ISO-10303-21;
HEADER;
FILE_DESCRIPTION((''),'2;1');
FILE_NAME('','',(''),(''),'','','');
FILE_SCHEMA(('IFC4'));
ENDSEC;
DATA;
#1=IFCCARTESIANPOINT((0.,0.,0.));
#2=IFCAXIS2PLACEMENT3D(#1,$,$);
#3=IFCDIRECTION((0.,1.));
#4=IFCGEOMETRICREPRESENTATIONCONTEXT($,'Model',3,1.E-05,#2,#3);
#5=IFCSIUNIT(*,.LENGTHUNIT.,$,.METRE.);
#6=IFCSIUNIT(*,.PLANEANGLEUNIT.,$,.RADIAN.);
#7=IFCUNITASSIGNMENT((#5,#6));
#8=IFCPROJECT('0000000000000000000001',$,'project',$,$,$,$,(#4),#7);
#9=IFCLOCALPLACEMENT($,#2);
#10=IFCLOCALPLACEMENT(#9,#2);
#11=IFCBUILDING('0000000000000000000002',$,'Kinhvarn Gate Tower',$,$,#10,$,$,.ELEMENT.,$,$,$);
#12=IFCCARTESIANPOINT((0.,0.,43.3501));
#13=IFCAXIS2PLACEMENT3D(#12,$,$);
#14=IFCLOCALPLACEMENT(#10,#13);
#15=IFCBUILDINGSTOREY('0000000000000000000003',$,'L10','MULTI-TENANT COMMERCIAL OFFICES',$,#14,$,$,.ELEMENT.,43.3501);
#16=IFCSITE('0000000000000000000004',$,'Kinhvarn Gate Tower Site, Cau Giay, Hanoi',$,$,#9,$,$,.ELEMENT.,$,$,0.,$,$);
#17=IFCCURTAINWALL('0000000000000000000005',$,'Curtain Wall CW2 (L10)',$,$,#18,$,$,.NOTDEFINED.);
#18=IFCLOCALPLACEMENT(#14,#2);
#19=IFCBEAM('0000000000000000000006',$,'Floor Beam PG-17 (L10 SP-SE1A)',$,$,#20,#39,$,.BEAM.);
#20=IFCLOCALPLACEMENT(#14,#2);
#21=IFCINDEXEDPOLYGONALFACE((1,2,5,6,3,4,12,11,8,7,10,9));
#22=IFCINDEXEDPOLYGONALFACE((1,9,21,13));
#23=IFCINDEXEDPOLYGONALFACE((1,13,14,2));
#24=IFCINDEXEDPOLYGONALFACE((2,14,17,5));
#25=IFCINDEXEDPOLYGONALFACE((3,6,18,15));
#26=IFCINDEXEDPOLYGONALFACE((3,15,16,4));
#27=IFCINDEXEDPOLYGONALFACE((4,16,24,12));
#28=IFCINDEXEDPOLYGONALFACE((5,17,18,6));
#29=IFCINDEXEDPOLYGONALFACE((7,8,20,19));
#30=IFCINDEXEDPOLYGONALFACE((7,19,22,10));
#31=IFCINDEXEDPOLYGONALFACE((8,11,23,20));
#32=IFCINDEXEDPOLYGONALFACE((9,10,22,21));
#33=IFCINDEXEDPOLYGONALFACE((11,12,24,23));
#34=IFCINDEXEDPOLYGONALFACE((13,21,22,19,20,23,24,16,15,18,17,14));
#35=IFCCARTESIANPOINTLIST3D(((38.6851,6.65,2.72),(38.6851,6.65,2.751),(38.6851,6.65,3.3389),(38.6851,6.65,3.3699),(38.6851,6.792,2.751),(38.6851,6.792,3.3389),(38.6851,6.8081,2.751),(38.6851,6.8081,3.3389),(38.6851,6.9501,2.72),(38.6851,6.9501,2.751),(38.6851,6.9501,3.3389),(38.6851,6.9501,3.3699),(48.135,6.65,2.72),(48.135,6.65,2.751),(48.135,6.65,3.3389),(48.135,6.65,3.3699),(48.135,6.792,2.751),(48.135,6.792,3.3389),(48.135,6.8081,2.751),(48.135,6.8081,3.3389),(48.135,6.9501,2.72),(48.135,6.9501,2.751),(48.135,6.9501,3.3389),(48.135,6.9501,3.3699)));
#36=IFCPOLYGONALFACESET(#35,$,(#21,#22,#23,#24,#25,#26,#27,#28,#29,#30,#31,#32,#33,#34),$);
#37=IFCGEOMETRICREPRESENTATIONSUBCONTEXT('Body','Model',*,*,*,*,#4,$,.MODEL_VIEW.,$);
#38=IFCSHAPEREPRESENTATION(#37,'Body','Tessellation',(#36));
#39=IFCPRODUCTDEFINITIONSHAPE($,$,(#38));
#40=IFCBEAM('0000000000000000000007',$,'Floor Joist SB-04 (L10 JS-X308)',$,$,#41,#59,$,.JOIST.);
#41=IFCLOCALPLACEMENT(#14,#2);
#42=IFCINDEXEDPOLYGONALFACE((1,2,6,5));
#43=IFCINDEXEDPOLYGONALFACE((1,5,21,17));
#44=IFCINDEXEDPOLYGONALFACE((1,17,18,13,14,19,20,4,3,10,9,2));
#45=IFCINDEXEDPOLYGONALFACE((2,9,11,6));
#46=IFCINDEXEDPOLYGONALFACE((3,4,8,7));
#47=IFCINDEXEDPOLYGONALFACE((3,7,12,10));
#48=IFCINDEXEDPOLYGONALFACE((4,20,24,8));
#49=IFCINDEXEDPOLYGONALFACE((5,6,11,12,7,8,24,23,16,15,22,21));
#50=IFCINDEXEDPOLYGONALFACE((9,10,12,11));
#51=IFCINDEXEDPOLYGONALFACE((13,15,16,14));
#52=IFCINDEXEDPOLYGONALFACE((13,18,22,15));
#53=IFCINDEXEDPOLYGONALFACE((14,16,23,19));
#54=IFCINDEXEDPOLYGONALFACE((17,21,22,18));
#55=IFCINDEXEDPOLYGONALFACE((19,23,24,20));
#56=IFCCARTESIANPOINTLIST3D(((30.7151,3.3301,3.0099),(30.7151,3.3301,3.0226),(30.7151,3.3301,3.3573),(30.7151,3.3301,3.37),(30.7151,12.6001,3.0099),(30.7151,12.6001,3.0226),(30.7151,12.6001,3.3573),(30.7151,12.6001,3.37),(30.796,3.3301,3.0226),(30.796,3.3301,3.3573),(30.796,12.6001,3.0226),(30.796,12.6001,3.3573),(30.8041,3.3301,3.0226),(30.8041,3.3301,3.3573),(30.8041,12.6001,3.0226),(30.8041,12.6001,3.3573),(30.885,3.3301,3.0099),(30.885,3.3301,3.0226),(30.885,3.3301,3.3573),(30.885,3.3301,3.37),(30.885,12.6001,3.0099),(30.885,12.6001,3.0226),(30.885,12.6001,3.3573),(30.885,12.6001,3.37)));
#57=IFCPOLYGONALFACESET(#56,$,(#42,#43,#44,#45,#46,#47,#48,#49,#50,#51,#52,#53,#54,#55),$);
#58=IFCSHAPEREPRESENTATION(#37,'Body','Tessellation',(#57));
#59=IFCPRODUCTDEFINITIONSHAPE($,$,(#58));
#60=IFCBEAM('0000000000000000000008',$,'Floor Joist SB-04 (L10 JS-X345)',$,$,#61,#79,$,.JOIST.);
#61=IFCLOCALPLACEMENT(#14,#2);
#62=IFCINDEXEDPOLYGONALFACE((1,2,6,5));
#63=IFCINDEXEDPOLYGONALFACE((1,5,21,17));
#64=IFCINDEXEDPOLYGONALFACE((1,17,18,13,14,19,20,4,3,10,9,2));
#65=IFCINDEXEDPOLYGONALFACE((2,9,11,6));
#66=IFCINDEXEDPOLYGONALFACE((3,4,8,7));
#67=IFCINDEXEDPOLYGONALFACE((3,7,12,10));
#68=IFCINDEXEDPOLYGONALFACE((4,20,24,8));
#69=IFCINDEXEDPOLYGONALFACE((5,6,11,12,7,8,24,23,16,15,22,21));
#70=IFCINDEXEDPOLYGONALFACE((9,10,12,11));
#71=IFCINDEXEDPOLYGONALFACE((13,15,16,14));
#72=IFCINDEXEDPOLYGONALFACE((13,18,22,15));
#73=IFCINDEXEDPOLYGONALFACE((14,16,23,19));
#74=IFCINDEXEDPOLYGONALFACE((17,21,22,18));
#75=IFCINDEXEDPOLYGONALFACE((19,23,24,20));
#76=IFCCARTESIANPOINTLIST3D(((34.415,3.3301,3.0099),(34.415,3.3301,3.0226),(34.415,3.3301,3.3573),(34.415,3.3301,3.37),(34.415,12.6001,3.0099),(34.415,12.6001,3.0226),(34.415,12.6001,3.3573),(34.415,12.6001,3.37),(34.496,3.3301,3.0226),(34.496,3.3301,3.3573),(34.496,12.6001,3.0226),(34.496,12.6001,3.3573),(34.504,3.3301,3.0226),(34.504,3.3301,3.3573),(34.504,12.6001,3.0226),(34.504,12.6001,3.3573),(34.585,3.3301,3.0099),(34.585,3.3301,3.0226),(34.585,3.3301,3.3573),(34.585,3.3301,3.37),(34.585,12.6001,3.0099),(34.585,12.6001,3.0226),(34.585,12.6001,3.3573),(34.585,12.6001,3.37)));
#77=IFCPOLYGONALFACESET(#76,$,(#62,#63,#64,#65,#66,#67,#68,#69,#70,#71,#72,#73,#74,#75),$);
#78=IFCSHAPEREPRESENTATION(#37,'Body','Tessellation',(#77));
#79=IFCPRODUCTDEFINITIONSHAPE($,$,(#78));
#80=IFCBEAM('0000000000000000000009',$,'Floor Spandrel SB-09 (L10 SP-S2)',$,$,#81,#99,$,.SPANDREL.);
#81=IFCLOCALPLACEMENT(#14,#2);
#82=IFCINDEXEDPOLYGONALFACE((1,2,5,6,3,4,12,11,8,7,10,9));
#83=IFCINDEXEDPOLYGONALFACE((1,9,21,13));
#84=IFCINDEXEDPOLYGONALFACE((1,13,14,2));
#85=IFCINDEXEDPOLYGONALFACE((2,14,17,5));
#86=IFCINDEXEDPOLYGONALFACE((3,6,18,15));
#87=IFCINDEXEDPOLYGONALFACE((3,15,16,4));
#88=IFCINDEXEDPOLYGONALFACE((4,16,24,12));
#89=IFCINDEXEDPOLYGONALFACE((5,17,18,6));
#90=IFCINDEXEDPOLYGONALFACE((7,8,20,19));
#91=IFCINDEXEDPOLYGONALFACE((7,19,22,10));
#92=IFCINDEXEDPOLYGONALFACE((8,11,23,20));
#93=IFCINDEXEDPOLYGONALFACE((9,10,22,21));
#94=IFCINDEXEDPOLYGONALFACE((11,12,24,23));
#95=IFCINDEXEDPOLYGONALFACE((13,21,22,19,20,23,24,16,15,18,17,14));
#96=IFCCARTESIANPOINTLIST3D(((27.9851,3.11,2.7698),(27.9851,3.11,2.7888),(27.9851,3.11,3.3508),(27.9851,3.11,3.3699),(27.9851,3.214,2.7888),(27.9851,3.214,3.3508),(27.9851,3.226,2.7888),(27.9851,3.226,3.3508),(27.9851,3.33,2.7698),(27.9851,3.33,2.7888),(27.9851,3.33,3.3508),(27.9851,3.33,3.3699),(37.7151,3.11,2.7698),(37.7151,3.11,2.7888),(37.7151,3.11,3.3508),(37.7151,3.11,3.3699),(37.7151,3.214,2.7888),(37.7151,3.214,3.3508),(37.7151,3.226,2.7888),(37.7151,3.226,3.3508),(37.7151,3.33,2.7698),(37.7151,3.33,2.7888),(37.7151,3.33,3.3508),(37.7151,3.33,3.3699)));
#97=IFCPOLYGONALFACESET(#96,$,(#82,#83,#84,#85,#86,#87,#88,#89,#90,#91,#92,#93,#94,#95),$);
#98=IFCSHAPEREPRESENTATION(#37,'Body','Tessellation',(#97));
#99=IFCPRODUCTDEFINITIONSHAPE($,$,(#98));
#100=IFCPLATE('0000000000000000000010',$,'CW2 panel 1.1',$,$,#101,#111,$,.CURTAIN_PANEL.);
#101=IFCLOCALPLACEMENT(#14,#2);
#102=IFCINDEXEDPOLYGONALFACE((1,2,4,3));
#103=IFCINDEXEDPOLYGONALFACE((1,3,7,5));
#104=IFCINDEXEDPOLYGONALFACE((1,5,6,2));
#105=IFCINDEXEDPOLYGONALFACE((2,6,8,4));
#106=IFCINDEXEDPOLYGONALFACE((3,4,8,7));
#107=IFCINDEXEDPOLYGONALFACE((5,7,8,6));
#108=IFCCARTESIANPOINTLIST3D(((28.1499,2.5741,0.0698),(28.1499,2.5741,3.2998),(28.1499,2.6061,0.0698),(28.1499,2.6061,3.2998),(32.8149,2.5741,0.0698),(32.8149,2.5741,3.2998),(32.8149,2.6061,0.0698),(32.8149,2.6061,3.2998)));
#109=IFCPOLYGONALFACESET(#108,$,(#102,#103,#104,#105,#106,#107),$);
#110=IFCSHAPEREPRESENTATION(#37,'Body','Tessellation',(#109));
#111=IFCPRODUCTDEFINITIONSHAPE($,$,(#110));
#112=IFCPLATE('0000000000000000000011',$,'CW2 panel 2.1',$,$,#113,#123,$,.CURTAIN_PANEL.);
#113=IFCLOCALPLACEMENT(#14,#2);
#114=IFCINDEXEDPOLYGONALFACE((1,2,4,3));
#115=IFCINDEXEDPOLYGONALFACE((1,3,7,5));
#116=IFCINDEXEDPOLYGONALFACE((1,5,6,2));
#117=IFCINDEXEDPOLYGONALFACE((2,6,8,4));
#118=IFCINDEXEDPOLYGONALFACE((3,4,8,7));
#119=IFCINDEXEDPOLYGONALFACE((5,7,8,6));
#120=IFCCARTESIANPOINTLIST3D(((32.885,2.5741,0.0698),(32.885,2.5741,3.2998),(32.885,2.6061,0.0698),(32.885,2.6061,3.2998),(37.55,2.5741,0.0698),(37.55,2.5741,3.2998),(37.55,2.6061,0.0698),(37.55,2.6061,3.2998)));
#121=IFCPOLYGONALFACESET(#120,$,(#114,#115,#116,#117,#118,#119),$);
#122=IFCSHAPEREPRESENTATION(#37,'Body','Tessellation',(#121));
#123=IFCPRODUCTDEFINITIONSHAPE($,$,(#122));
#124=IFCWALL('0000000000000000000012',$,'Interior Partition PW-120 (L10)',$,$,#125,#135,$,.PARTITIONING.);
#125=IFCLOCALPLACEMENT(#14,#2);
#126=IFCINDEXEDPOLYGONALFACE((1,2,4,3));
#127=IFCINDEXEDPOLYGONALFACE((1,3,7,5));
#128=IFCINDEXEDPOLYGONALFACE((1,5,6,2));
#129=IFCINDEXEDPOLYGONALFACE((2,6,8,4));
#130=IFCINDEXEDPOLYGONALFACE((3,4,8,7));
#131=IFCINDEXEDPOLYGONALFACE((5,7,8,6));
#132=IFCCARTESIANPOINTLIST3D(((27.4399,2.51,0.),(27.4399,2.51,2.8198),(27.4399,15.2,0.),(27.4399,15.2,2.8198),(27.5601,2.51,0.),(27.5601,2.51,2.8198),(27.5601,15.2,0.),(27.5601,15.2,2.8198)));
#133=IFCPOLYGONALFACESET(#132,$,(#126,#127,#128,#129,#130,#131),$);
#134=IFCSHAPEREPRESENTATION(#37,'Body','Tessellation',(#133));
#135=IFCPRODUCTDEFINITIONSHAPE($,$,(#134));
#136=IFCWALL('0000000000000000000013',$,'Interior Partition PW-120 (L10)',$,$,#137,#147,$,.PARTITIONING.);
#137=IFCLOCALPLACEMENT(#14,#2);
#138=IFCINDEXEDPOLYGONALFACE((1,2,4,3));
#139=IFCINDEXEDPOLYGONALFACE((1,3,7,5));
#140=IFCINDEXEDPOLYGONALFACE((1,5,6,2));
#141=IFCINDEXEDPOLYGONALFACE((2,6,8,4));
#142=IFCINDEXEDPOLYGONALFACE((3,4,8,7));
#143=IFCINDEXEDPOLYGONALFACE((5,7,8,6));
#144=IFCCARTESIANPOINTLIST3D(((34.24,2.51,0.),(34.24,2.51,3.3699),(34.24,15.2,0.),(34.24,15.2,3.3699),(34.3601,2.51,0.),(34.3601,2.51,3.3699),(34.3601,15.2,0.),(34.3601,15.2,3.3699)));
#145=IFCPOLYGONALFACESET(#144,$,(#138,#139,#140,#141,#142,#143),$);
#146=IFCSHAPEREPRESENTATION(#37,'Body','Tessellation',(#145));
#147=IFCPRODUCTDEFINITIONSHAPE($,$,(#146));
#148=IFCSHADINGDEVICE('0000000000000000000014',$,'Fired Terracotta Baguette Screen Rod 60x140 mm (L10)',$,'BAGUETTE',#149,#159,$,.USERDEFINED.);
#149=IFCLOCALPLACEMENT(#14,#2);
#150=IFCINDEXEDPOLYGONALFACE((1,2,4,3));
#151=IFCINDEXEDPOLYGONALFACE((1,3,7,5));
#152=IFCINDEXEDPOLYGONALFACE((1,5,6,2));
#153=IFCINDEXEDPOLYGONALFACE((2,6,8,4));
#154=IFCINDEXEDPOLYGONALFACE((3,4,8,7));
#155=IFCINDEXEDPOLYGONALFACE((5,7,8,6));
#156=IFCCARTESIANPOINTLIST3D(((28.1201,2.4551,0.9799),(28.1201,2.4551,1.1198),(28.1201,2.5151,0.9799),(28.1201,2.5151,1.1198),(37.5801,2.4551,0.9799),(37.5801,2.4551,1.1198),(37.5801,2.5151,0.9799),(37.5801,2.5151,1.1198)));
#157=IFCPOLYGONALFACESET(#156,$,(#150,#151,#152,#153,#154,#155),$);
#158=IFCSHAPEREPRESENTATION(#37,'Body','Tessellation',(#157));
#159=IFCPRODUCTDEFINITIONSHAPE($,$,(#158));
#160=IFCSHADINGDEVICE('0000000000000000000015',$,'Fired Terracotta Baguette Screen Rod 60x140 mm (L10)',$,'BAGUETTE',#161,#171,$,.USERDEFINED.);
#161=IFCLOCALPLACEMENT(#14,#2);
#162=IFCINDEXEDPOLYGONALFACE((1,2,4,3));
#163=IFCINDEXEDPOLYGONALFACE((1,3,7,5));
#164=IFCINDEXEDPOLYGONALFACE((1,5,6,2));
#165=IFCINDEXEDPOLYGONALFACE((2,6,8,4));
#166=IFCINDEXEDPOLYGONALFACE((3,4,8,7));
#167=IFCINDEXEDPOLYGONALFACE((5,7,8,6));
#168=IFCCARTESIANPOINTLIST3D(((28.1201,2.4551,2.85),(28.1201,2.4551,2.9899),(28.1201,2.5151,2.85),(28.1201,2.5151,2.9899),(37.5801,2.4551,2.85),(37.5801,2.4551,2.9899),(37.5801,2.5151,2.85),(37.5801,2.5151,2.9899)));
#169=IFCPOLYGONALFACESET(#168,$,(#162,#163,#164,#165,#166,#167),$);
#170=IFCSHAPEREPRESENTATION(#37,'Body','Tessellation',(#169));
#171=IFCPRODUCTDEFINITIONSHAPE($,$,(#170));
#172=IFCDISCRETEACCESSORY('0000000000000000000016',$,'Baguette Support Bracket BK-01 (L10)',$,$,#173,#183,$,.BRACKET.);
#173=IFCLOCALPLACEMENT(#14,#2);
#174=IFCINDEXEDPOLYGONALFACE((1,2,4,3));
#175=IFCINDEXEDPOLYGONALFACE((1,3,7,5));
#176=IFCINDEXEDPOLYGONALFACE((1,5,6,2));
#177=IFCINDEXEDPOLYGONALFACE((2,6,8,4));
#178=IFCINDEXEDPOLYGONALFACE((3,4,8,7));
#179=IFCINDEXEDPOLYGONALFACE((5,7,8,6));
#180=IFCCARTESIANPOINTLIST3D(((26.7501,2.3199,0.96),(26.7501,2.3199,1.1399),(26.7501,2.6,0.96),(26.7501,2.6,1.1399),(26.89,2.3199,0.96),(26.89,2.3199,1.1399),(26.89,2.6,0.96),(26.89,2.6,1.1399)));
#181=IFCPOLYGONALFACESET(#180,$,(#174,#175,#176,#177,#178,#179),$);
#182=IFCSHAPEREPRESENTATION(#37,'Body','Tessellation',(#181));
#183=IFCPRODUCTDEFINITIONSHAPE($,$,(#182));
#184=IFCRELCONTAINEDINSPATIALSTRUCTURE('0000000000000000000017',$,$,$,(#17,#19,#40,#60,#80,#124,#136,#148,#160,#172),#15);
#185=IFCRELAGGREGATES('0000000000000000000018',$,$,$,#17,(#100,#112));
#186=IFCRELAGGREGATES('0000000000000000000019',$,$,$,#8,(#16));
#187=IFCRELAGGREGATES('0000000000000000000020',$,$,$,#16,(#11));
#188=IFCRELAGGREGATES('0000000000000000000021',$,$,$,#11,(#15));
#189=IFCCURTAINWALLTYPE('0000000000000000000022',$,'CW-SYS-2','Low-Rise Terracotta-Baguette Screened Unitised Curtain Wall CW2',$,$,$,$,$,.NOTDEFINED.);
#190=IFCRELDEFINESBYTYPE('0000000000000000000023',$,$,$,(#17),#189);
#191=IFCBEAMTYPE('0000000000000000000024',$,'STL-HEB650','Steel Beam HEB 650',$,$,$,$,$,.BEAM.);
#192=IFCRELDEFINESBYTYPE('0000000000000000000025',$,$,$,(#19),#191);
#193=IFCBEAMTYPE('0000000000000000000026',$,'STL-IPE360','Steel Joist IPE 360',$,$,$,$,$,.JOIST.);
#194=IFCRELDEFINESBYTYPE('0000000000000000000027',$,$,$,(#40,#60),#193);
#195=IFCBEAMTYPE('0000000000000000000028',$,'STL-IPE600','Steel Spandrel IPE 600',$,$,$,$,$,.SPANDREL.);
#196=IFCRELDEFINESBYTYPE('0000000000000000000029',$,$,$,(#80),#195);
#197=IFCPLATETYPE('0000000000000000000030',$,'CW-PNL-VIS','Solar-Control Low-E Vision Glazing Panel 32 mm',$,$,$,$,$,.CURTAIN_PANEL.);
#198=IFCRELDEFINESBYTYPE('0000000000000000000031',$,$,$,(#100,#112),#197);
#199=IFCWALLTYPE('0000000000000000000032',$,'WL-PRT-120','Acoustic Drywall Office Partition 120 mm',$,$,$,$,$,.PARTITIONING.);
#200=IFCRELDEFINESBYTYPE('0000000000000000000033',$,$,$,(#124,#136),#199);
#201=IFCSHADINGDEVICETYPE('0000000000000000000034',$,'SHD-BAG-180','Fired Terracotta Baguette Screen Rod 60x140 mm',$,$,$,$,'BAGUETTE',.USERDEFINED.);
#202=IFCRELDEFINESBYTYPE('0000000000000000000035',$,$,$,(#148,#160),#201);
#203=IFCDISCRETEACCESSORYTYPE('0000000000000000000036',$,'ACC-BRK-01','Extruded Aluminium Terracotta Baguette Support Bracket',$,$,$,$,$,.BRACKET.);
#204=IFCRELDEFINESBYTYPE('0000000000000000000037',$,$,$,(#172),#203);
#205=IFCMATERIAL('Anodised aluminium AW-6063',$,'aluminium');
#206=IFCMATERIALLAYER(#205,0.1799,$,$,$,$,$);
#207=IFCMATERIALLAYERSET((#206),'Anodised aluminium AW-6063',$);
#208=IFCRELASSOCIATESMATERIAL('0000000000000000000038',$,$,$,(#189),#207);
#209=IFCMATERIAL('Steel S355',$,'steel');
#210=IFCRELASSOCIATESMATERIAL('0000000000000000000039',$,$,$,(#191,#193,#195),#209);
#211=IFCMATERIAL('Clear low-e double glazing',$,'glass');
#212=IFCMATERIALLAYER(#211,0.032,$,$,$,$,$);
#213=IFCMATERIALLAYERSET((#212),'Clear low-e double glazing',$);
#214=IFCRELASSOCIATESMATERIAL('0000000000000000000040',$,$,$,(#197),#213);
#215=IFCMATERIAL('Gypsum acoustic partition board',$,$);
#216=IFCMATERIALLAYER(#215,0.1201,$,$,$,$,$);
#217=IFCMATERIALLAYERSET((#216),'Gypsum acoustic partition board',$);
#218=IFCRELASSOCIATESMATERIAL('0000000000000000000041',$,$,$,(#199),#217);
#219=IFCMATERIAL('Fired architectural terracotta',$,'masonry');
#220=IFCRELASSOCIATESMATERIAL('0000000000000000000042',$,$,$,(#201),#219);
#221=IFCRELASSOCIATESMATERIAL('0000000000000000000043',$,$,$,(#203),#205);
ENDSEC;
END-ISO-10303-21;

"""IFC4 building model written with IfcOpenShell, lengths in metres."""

from ifc_helpers import new_model, si_unit, direction, frame, frame_2d, origin, origin_2d, place, context, subcontext, project, spatial, rectangle, i_section, extrude, material, layer, layer_set, material_profile, profile_set, type_object, element, aggregate, save


model = new_model("IFC4")

# Units and contexts
model_context = context("Model", 3, precision=1e-05, world=origin(), true_north=direction((0.0, 1.0)))
body_context = subcontext(model_context, "Body", "Model", "MODEL_VIEW")
ifc_project = project(units=[si_unit("LENGTHUNIT", "METRE"), si_unit("PLANEANGLEUNIT", "RADIAN")], contexts=[model_context])

# Site, building, storey
site_placement = place(None, origin())
site = spatial("IfcSite", under=ifc_project, at=site_placement, Name="Kinhvarn Gate Tower Site, Cau Giay, Hanoi", CompositionType="ELEMENT", RefElevation=0.0)
building_placement = place(site_placement, origin())
building = spatial("IfcBuilding", under=site, at=building_placement, Name="Kinhvarn Gate Tower", CompositionType="ELEMENT")
storey_placement = place(building_placement, frame((0.0, 0.0, 43.3501)))
storey = spatial("IfcBuildingStorey", under=building, at=storey_placement, Name="L10", Description="MULTI-TENANT COMMERCIAL OFFICES", CompositionType="ELEMENT", Elevation=43.3501)

# Shared definitions
ifc_material_1 = material(Name="Anodised aluminium AW-6063", Category="aluminium")
ifc_layer_1 = layer(ifc_material_1, 0.1799)
ifc_layer_set_1 = layer_set([ifc_layer_1], Name="Anodised aluminium AW-6063")
curtain_wall_type = type_object("IfcCurtainWallType", Name="CW-SYS-2", Description="Low-Rise Terracotta-Baguette Screened Unitised Curtain Wall CW2", PredefinedType="NOTDEFINED", material=ifc_layer_set_1)

# Curtain wall
curtain_wall_1_placement = place(storey_placement, origin())
curtain_wall_1 = element("IfcCurtainWall", 1, at=curtain_wall_1_placement, inside=storey, type_object=curtain_wall_type, Name="Curtain Wall CW2 (L10)", PredefinedType="NOTDEFINED")

# Beams
ifc_material_2 = material(Name="Steel S355", Category="steel")
ifc_material_profile_1 = material_profile(ifc_material_2, i_section(OverallWidth=0.3, OverallDepth=0.6499, WebThickness=0.0161, FlangeThickness=0.031, at=origin_2d()), Name="HEB 650")
ifc_profile_set_1 = profile_set([ifc_material_profile_1], Name="Steel S355")
beam_type_1 = type_object("IfcBeamType", Name="STL-HEB650", Description="Steel Beam HEB 650", PredefinedType="BEAM", material=ifc_profile_set_1)
beam_1_placement = place(storey_placement, frame((38.6851, 6.8, 3.0449), z_axis=(1.0, 0.0, 0.0), x_axis=(0.0, 1.0, 0.0)))
element("IfcBeam", 2, at=beam_1_placement, inside=storey, type_object=beam_type_1, Name="Floor Beam PG-17 (L10 SP-SE1A)", PredefinedType="BEAM", context=body_context, shape_type="SweptSolid", body=[
    extrude(i_section(OverallWidth=0.3, OverallDepth=0.6499, WebThickness=0.0161, FlangeThickness=0.031, at=origin_2d()), origin(), (0.0, 0.0, 1.0), 9.45),
])
ifc_material_profile_2 = material_profile(ifc_material_2, i_section(OverallWidth=0.1699, OverallDepth=0.3601, WebThickness=0.0081, FlangeThickness=0.0127, at=origin_2d()), Name="IPE 360")
ifc_profile_set_2 = profile_set([ifc_material_profile_2], Name="Steel S355")
beam_type_2 = type_object("IfcBeamType", Name="STL-IPE360", Description="Steel Joist IPE 360", PredefinedType="JOIST", material=ifc_profile_set_2)
for number, where, z_axis, x_axis, name in (
    (3, (30.8, 3.3301, 3.1899), (0.0, 1.0, 0.0), (-1.0, 0.0, 0.0), "Floor Joist SB-04 (L10 JS-X308)"),
    (4, (34.5, 3.3301, 3.1899), (0.0, 1.0, 0.0), (-1.0, 0.0, 0.0), "Floor Joist SB-04 (L10 JS-X345)"),
):
    element("IfcBeam", number, at=place(storey_placement, frame(where, z_axis=z_axis, x_axis=x_axis)), inside=storey, type_object=beam_type_2, Name=name, PredefinedType="JOIST", context=body_context, shape_type="SweptSolid", body=[
        extrude(i_section(OverallWidth=0.1699, OverallDepth=0.3601, WebThickness=0.0081, FlangeThickness=0.0127, at=origin_2d()), origin(), (0.0, 0.0, 1.0), 9.27),
    ])
ifc_material_profile_3 = material_profile(ifc_material_2, i_section(OverallWidth=0.22, OverallDepth=0.6001, WebThickness=0.012, FlangeThickness=0.019, at=origin_2d()), Name="IPE 600")
ifc_profile_set_3 = profile_set([ifc_material_profile_3], Name="Steel S355")
beam_type_3 = type_object("IfcBeamType", Name="STL-IPE600", Description="Steel Spandrel IPE 600", PredefinedType="SPANDREL", material=ifc_profile_set_3)
beam_2_placement = place(storey_placement, frame((27.9851, 3.22, 3.0698), z_axis=(1.0, 0.0, 0.0), x_axis=(0.0, 1.0, 0.0)))
element("IfcBeam", 5, at=beam_2_placement, inside=storey, type_object=beam_type_3, Name="Floor Spandrel SB-09 (L10 SP-S2)", PredefinedType="SPANDREL", context=body_context, shape_type="SweptSolid", body=[
    extrude(i_section(OverallWidth=0.22, OverallDepth=0.6001, WebThickness=0.012, FlangeThickness=0.019, at=origin_2d()), origin(), (0.0, 0.0, 1.0), 9.73),
])

# Plates
ifc_material_3 = material(Name="Clear low-e double glazing", Category="glass")
ifc_layer_2 = layer(ifc_material_3, 0.032)
ifc_layer_set_2 = layer_set([ifc_layer_2], Name="Clear low-e double glazing")
plate_type = type_object("IfcPlateType", Name="CW-PNL-VIS", Description="Solar-Control Low-E Vision Glazing Panel 32 mm", PredefinedType="CURTAIN_PANEL", material=ifc_layer_set_2)
plate_1_placement = place(storey_placement, frame((30.4824, 2.5901, 0.0698), z_axis=(0.0, 0.0, 1.0), x_axis=(1.0, 0.0, 0.0)))
plate_1 = element("IfcPlate", 6, at=plate_1_placement, type_object=plate_type, Name="CW2 panel 1.1", PredefinedType="CURTAIN_PANEL", context=body_context, shape_type="SweptSolid", body=[
    extrude(rectangle(XDim=4.665, YDim=0.032, at=origin_2d()), origin(), (0.0, 0.0, 1.0), 3.23),
])
plate_2_placement = place(storey_placement, frame((35.2175, 2.5901, 0.0698), z_axis=(0.0, 0.0, 1.0), x_axis=(1.0, 0.0, 0.0)))
plate_2 = element("IfcPlate", 7, at=plate_2_placement, type_object=plate_type, Name="CW2 panel 2.1", PredefinedType="CURTAIN_PANEL", context=body_context, shape_type="SweptSolid", body=[
    extrude(rectangle(XDim=4.665, YDim=0.032, at=origin_2d()), origin(), (0.0, 0.0, 1.0), 3.23),
])
aggregate(curtain_wall_1, [plate_1, plate_2])

# Walls
ifc_material_4 = material(Name="Gypsum acoustic partition board")
ifc_layer_3 = layer(ifc_material_4, 0.1201)
ifc_layer_set_3 = layer_set([ifc_layer_3], Name="Gypsum acoustic partition board")
wall_type = type_object("IfcWallType", Name="WL-PRT-120", Description="Acoustic Drywall Office Partition 120 mm", PredefinedType="PARTITIONING", material=ifc_layer_set_3)
wall_1_placement = place(storey_placement, frame((27.5, 2.51, 0.0), z_axis=(0.0, 0.0, 1.0), x_axis=(0.0, 1.0, 0.0)))
element("IfcWall", 8, at=wall_1_placement, inside=storey, type_object=wall_type, Name="Interior Partition PW-120 (L10)", PredefinedType="PARTITIONING", context=body_context, shape_type="SweptSolid", body=[
    extrude(rectangle(XDim=12.6899, YDim=0.1201, at=frame_2d((6.345, 0.0))), origin(), (0.0, 0.0, 1.0), 2.8198),
])
wall_2_placement = place(storey_placement, frame((34.3, 2.51, 0.0), z_axis=(0.0, 0.0, 1.0), x_axis=(0.0, 1.0, 0.0)))
element("IfcWall", 9, at=wall_2_placement, inside=storey, type_object=wall_type, Name="Interior Partition PW-120 (L10)", PredefinedType="PARTITIONING", context=body_context, shape_type="SweptSolid", body=[
    extrude(rectangle(XDim=12.6899, YDim=0.1201, at=frame_2d((6.345, 0.0))), origin(), (0.0, 0.0, 1.0), 3.3699),
])

# Shading devices
ifc_material_5 = material(Name="Fired architectural terracotta", Category="masonry")
ifc_material_profile_4 = material_profile(ifc_material_5, rectangle(XDim=0.0601, YDim=0.1399, at=origin_2d()), Name="TC 60x140")
ifc_profile_set_4 = profile_set([ifc_material_profile_4], Name="Fired architectural terracotta")
shading_device_type = type_object("IfcShadingDeviceType", Name="SHD-BAG-180", Description="Fired Terracotta Baguette Screen Rod 60x140 mm", ElementType="BAGUETTE", PredefinedType="USERDEFINED", material=ifc_profile_set_4)
for number, where, z_axis, x_axis, name in (
    (10, (28.1201, 2.4851, 1.0498), (1.0, 0.0, 0.0), (0.0, 1.0, 0.0), "Fired Terracotta Baguette Screen Rod 60x140 mm (L10)"),
    (11, (28.1201, 2.4851, 2.9199), (1.0, 0.0, 0.0), (0.0, 1.0, 0.0), "Fired Terracotta Baguette Screen Rod 60x140 mm (L10)"),
):
    element("IfcShadingDevice", number, at=place(storey_placement, frame(where, z_axis=z_axis, x_axis=x_axis)), inside=storey, type_object=shading_device_type, Name=name, ObjectType="BAGUETTE", PredefinedType="USERDEFINED", context=body_context, shape_type="SweptSolid", body=[
        extrude(rectangle(XDim=0.0601, YDim=0.1399, at=origin_2d()), origin(), (0.0, 0.0, 1.0), 9.46),
    ])

# Discrete accessory
discrete_accessory_type = type_object("IfcDiscreteAccessoryType", Name="ACC-BRK-01", Description="Extruded Aluminium Terracotta Baguette Support Bracket", PredefinedType="BRACKET", material=ifc_material_1)
for number, where, z_axis, x_axis, name in (
    (12, (26.8201, 2.46, 0.96), (0.0, 0.0, 1.0), (1.0, 0.0, 0.0), "Baguette Support Bracket BK-01 (L10)"),
):
    element("IfcDiscreteAccessory", number, at=place(storey_placement, frame(where, z_axis=z_axis, x_axis=x_axis)), inside=storey, type_object=discrete_accessory_type, Name=name, PredefinedType="BRACKET", context=body_context, shape_type="SweptSolid", body=[
        extrude(rectangle(XDim=0.1399, YDim=0.28, at=origin_2d()), origin(), (0.0, 0.0, 1.0), 0.1799),
    ])

save(model, "model.ifc")
